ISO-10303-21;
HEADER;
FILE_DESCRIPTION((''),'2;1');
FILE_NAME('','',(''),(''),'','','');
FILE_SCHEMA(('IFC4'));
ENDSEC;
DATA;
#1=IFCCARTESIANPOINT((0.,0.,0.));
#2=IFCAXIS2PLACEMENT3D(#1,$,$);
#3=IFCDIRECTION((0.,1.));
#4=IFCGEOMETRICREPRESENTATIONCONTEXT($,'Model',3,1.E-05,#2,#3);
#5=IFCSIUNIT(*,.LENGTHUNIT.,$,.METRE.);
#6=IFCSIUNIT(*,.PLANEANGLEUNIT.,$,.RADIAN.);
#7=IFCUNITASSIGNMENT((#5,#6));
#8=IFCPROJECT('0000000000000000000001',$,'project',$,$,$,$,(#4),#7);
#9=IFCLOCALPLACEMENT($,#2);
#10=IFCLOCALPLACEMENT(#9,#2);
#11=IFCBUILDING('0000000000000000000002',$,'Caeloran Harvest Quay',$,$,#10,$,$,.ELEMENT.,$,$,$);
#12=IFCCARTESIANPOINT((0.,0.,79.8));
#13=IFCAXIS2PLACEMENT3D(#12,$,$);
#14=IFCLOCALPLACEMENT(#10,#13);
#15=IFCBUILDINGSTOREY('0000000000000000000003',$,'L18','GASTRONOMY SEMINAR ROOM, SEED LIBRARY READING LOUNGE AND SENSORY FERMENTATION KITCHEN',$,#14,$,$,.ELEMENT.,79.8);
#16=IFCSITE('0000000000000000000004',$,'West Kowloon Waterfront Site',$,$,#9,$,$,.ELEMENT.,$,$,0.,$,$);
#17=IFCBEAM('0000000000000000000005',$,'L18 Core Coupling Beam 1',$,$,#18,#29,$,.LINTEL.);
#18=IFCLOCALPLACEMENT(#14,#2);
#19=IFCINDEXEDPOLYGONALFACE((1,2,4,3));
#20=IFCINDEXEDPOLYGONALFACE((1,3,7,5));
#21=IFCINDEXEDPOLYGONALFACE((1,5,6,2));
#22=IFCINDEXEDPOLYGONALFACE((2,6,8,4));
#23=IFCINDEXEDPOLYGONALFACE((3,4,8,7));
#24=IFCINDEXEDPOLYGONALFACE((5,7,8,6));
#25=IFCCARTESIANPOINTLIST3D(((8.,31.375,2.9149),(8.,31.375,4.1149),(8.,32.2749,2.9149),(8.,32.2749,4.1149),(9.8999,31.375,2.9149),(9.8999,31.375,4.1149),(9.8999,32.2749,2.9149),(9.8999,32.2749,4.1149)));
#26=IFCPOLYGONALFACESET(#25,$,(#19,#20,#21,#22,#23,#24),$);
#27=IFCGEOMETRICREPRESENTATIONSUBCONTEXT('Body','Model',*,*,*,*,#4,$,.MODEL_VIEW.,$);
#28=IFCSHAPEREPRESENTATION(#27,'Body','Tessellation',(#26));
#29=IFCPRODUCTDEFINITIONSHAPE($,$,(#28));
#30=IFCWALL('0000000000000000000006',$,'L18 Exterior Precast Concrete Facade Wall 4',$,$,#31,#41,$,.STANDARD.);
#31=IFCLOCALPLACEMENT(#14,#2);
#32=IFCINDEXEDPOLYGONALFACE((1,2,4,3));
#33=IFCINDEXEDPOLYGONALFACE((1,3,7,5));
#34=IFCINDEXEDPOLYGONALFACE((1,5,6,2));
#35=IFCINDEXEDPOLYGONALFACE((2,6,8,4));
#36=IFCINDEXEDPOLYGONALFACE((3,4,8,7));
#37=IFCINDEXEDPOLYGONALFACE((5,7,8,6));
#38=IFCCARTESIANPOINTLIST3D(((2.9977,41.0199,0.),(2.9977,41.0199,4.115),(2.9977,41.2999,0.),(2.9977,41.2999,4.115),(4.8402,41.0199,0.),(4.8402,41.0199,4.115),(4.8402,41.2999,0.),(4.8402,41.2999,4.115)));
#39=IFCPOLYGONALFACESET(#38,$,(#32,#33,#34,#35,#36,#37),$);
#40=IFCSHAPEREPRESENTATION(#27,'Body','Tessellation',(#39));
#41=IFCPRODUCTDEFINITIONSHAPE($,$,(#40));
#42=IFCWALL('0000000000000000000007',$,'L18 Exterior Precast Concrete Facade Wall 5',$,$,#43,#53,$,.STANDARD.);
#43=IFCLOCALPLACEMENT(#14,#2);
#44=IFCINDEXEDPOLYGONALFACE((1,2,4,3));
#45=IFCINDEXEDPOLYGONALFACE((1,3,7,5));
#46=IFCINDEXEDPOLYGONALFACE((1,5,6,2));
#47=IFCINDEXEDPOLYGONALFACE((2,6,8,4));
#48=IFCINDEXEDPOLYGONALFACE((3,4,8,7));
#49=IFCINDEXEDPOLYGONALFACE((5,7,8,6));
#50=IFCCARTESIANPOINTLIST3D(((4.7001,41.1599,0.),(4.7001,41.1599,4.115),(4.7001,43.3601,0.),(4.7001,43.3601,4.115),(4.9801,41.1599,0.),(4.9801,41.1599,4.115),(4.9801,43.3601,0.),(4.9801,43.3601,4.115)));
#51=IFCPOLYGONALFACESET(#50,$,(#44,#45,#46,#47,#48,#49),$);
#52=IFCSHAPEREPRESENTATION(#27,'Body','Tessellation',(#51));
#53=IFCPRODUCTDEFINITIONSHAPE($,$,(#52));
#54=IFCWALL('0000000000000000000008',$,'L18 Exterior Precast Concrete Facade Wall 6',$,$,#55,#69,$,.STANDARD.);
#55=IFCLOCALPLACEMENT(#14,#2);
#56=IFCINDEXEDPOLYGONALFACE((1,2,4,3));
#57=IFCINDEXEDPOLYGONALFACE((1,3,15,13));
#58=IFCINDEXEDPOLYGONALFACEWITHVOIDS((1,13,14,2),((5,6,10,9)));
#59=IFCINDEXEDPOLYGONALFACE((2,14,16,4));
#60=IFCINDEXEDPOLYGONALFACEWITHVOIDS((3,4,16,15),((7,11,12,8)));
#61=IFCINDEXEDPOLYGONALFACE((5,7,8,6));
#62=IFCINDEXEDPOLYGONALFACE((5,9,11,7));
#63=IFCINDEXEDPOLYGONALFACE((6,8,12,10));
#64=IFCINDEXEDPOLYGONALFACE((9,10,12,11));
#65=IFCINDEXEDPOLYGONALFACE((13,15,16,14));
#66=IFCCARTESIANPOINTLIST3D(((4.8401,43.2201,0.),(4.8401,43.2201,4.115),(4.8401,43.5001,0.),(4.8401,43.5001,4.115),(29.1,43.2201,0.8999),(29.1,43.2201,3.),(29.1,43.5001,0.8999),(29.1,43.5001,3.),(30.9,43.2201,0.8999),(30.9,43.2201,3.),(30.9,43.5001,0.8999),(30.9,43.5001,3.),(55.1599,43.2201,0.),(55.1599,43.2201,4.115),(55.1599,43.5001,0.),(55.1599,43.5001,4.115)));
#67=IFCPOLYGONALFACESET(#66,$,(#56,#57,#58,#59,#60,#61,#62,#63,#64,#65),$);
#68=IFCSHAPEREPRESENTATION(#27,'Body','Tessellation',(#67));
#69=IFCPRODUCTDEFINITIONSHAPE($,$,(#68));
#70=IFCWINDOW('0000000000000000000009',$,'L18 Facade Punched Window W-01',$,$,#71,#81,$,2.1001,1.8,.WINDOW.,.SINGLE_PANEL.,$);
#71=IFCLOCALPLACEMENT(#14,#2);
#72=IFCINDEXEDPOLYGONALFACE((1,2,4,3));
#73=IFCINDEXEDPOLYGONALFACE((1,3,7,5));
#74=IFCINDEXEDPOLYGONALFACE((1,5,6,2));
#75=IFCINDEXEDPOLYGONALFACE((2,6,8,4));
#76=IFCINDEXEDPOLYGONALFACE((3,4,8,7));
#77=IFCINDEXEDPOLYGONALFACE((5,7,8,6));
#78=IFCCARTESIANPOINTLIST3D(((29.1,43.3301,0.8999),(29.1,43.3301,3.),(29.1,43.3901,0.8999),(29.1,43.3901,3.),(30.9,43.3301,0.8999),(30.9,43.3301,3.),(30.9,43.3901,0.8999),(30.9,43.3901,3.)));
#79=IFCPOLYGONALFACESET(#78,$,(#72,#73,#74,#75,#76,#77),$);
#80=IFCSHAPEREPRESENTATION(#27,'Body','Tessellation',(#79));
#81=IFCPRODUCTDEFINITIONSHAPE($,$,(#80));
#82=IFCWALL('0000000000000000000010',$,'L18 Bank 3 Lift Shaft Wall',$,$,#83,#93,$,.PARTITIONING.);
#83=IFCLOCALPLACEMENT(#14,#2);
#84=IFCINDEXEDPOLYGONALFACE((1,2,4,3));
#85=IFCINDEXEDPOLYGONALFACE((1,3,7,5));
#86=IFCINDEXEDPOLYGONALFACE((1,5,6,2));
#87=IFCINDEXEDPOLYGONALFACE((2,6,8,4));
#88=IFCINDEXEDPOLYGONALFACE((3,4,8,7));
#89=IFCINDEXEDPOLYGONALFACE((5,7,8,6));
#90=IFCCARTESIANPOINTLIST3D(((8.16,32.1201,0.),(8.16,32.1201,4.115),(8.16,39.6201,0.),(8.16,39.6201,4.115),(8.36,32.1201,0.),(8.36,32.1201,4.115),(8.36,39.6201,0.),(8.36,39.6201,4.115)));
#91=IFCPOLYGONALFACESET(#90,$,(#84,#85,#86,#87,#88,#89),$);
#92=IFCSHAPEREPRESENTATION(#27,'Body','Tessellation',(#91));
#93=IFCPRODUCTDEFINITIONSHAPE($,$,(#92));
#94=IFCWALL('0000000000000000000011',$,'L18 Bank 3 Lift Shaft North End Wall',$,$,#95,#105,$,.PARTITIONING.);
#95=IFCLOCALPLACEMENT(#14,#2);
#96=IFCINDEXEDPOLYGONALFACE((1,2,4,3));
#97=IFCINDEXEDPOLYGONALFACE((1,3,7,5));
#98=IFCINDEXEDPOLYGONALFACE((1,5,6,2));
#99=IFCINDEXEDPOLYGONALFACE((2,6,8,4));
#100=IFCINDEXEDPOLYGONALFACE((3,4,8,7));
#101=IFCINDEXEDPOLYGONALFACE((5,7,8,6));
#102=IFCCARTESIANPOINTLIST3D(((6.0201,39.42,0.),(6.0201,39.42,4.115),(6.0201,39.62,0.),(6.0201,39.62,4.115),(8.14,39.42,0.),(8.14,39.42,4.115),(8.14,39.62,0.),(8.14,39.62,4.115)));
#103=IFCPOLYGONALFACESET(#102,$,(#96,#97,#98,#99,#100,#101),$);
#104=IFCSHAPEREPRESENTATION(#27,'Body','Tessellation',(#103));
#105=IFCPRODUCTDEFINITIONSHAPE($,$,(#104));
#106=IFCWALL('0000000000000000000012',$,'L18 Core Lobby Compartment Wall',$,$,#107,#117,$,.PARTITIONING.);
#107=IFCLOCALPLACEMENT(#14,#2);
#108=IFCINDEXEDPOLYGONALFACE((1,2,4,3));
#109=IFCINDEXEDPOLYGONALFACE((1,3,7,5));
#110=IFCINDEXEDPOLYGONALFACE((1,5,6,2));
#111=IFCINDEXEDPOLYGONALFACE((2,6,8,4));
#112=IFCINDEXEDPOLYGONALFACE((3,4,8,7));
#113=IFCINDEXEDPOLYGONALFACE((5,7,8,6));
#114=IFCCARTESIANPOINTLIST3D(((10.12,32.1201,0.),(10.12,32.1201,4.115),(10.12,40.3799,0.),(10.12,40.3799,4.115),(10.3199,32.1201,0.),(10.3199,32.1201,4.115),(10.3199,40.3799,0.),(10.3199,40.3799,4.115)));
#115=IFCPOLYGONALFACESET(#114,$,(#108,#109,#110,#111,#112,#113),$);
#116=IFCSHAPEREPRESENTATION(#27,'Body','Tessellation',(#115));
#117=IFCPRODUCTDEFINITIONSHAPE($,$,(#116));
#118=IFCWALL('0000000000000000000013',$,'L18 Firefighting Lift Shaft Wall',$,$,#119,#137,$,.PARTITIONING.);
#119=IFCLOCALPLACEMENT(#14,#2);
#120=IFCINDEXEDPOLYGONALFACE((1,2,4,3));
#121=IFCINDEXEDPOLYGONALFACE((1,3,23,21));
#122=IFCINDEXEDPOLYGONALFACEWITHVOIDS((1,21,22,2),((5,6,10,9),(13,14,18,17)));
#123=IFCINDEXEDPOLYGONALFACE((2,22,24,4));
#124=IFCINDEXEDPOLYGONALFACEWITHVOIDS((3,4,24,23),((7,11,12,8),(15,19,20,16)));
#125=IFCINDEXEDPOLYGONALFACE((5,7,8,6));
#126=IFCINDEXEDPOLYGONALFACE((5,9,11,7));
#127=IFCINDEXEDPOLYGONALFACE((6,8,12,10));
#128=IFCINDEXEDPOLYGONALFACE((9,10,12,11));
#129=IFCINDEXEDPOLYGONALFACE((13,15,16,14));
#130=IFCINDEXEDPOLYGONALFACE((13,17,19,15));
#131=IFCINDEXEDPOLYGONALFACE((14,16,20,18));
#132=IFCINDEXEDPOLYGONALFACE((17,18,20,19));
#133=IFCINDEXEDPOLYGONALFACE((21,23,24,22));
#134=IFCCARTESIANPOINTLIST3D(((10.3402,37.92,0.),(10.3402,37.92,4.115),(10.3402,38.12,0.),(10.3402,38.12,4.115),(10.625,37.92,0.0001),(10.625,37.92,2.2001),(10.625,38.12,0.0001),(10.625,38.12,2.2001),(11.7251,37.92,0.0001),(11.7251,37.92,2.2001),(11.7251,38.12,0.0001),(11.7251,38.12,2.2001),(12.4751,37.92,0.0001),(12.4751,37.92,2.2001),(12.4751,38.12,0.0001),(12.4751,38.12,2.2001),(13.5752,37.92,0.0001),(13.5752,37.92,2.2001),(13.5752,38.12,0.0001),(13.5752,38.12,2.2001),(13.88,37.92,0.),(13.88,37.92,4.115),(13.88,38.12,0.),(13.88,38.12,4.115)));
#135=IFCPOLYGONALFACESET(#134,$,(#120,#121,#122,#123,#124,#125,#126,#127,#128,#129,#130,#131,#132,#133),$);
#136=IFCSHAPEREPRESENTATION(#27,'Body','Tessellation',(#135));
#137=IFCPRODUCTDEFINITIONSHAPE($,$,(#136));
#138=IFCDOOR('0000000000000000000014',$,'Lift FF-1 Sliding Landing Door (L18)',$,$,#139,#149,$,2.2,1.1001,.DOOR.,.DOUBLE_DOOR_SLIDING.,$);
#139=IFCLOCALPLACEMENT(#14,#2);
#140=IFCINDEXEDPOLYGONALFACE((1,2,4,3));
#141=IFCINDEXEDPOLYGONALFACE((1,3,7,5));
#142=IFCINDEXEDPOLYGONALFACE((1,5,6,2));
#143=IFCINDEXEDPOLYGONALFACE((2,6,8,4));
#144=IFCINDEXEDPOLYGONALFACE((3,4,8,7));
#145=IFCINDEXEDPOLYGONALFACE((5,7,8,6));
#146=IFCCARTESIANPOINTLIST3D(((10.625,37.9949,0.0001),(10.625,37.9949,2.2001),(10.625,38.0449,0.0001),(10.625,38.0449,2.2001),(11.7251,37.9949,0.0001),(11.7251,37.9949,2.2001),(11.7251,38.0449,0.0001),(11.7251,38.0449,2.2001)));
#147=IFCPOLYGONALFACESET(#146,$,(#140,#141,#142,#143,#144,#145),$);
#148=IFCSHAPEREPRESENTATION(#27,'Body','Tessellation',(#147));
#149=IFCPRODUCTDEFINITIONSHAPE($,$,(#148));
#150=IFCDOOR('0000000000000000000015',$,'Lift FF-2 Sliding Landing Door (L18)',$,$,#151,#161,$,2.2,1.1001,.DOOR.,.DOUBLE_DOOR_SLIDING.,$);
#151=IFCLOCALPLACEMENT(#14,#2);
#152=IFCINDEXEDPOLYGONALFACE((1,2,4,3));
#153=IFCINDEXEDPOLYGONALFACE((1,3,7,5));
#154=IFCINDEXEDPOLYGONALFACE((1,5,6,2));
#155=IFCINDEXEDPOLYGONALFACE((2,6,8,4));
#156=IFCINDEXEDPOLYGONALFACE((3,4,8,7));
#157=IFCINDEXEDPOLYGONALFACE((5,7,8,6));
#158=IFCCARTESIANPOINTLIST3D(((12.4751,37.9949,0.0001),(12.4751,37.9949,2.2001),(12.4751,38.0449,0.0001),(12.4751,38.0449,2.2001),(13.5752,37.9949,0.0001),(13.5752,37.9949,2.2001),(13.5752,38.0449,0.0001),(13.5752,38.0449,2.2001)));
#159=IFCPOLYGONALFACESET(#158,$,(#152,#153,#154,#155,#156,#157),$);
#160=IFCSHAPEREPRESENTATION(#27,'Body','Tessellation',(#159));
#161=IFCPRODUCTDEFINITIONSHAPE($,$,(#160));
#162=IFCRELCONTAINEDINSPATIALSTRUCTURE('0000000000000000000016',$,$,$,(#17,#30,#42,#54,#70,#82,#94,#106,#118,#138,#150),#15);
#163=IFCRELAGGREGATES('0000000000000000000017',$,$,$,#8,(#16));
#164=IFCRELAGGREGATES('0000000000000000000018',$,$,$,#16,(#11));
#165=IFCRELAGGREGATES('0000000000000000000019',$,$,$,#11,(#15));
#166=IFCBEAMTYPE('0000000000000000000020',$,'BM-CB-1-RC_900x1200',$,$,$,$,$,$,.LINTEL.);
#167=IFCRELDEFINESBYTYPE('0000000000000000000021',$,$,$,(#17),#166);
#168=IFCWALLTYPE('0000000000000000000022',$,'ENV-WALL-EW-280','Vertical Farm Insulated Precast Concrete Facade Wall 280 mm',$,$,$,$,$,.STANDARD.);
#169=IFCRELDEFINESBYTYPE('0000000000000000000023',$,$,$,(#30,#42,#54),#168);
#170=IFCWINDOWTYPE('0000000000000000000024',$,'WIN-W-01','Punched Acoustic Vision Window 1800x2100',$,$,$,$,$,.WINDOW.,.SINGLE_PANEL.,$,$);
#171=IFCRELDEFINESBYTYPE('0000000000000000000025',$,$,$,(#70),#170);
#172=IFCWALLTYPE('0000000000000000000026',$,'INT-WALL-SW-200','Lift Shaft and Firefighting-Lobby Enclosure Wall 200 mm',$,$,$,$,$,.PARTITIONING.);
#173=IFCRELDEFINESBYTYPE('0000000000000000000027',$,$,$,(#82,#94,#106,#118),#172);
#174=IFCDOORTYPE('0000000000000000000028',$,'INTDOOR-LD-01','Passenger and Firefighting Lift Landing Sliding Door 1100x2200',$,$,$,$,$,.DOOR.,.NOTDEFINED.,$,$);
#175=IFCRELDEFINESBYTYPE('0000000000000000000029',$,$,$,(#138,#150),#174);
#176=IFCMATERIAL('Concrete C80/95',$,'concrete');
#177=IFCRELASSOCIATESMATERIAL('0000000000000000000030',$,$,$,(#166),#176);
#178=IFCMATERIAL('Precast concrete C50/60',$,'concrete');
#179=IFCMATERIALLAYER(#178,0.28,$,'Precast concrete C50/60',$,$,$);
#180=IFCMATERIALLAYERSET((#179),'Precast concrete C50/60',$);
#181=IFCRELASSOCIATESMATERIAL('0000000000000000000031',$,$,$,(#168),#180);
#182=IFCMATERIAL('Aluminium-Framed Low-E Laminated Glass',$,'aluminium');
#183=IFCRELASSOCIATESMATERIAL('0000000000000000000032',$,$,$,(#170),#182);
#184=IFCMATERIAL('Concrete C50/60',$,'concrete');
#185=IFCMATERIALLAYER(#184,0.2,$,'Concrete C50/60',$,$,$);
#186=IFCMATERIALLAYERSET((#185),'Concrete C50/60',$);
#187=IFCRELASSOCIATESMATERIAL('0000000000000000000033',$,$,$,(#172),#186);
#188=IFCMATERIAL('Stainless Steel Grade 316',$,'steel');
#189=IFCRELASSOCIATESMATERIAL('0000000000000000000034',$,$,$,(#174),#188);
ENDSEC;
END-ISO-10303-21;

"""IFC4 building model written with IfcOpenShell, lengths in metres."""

from ifc_helpers import new_model, si_unit, direction, frame, frame_2d, origin, origin_2d, place, context, subcontext, project, spatial, rectangle, extrude, material, layer, layer_set, material_profile, profile_set, type_object, element, fill, save


model = new_model("IFC4")

# Units and contexts
model_context = context("Model", 3, precision=1e-05, world=origin(), true_north=direction((0.0, 1.0)))
body_context = subcontext(model_context, "Body", "Model", "MODEL_VIEW")
ifc_project = project(units=[si_unit("LENGTHUNIT", "METRE"), si_unit("PLANEANGLEUNIT", "RADIAN")], contexts=[model_context])

# Site, building, storey
site_placement = place(None, origin())
site = spatial("IfcSite", under=ifc_project, at=site_placement, Name="West Kowloon Waterfront Site", CompositionType="ELEMENT", RefElevation=0.0)
building_placement = place(site_placement, origin())
building = spatial("IfcBuilding", under=site, at=building_placement, Name="Caeloran Harvest Quay", CompositionType="ELEMENT")
storey_placement = place(building_placement, frame((0.0, 0.0, 79.8)))
storey = spatial("IfcBuildingStorey", under=building, at=storey_placement, Name="L18", Description="GASTRONOMY SEMINAR ROOM, SEED LIBRARY READING LOUNGE AND SENSORY FERMENTATION KITCHEN", CompositionType="ELEMENT", Elevation=79.8)

# Beam
ifc_material_1 = material(Name="Concrete C80/95", Category="concrete")
ifc_material_profile = material_profile(ifc_material_1, rectangle(XDim=0.8999, YDim=1.2, at=origin_2d()), Name="RC 900x1200")
ifc_profile_set = profile_set([ifc_material_profile], Name="Concrete C80/95")
beam_type = type_object("IfcBeamType", Name="BM-CB-1-RC_900x1200", PredefinedType="LINTEL", material=ifc_profile_set)
beam_placement = place(storey_placement, frame((8.0, 31.825, 3.5149), z_axis=(1.0, 0.0, 0.0), x_axis=(0.0, 1.0, 0.0)))
element("IfcBeam", 1, at=beam_placement, inside=storey, type_object=beam_type, Name="L18 Core Coupling Beam 1", PredefinedType="LINTEL", context=body_context, shape_type="SweptSolid", body=[
    extrude(rectangle(XDim=0.8999, YDim=1.2, at=origin_2d()), origin(), (0.0, 0.0, 1.0), 1.8999),
])

# Walls
ifc_material_2 = material(Name="Precast concrete C50/60", Category="concrete")
ifc_layer_1 = layer(ifc_material_2, 0.28, Name="Precast concrete C50/60")
ifc_layer_set_1 = layer_set([ifc_layer_1], Name="Precast concrete C50/60")
wall_type_1 = type_object("IfcWallType", Name="ENV-WALL-EW-280", Description="Vertical Farm Insulated Precast Concrete Facade Wall 280 mm", PredefinedType="STANDARD", material=ifc_layer_set_1)
wall_1_placement = place(storey_placement, frame((2.9976, 41.1599, 0.0), z_axis=(0.0, 0.0, 1.0), x_axis=(1.0, 0.0, 0.0)))
element("IfcWall", 2, at=wall_1_placement, inside=storey, type_object=wall_type_1, Name="L18 Exterior Precast Concrete Facade Wall 4", PredefinedType="STANDARD", context=body_context, shape_type="SweptSolid", body=[
    extrude(rectangle(XDim=1.8425, YDim=0.28, at=frame_2d((0.9214, 0.0))), origin(), (0.0, 0.0, 1.0), 4.115),
])
wall_2_placement = place(storey_placement, frame((4.8401, 41.1599, 0.0), z_axis=(0.0, 0.0, 1.0), x_axis=(0.0, 1.0, 0.0)))
element("IfcWall", 3, at=wall_2_placement, inside=storey, type_object=wall_type_1, Name="L18 Exterior Precast Concrete Facade Wall 5", PredefinedType="STANDARD", context=body_context, shape_type="SweptSolid", body=[
    extrude(rectangle(XDim=2.2002, YDim=0.28, at=frame_2d((1.1001, 0.0))), origin(), (0.0, 0.0, 1.0), 4.115),
])

# Wall, opening, window
wall_3_placement = place(storey_placement, frame((4.8401, 43.3601, 0.0), z_axis=(0.0, 0.0, 1.0), x_axis=(1.0, 0.0, 0.0)))
wall_3 = element("IfcWall", 4, at=wall_3_placement, inside=storey, type_object=wall_type_1, Name="L18 Exterior Precast Concrete Facade Wall 6", PredefinedType="STANDARD", context=body_context, shape_type="SweptSolid", body=[
    extrude(rectangle(XDim=50.3198, YDim=0.28, at=frame_2d((25.1599, 0.0))), origin(), (0.0, 0.0, 1.0), 4.115),
])
opening_1_placement = place(wall_3_placement, frame((24.26, 0.0, 0.8999)))
opening_1 = element("IfcOpeningElement", 5, at=opening_1_placement, cuts=wall_3, PredefinedType="OPENING", context=body_context, shape_type="SweptSolid", body=[
    extrude(rectangle(XDim=1.8, YDim=2.1001, at=frame_2d((0.8999, 1.05))), frame((0.0, 0.1499, 0.0), z_axis=(0.0, -1.0, 0.0), x_axis=(1.0, 0.0, 0.0)), (0.0, 0.0, 1.0), 0.3),
])
ifc_material_3 = material(Name="Aluminium-Framed Low-E Laminated Glass", Category="aluminium")
window_type = type_object("IfcWindowType", Name="WIN-W-01", Description="Punched Acoustic Vision Window 1800x2100", PartitioningType="SINGLE_PANEL", PredefinedType="WINDOW", material=ifc_material_3)
window_placement = place(opening_1_placement, origin())
window = element("IfcWindow", 6, at=window_placement, inside=storey, type_object=window_type, Name="L18 Facade Punched Window W-01", OverallHeight=2.1001, OverallWidth=1.8, PartitioningType="SINGLE_PANEL", PredefinedType="WINDOW", context=body_context, shape_type="SweptSolid", body=[
    extrude(rectangle(XDim=1.8, YDim=2.1001, at=frame_2d((0.8999, 1.05))), frame((0.0, 0.03, 0.0), z_axis=(0.0, -1.0, 0.0), x_axis=(1.0, 0.0, 0.0)), (0.0, 0.0, 1.0), 0.0601),
])
fill(opening_1, window)

# Walls
ifc_material_4 = material(Name="Concrete C50/60", Category="concrete")
ifc_layer_2 = layer(ifc_material_4, 0.2, Name="Concrete C50/60")
ifc_layer_set_2 = layer_set([ifc_layer_2], Name="Concrete C50/60")
wall_type_2 = type_object("IfcWallType", Name="INT-WALL-SW-200", Description="Lift Shaft and Firefighting-Lobby Enclosure Wall 200 mm", PredefinedType="PARTITIONING", material=ifc_layer_set_2)
wall_4_placement = place(storey_placement, frame((8.26, 32.1201, 0.0), z_axis=(0.0, 0.0, 1.0), x_axis=(0.0, 1.0, 0.0)))
element("IfcWall", 7, at=wall_4_placement, inside=storey, type_object=wall_type_2, Name="L18 Bank 3 Lift Shaft Wall", PredefinedType="PARTITIONING", context=body_context, shape_type="SweptSolid", body=[
    extrude(rectangle(XDim=7.5, YDim=0.2, at=frame_2d((3.75, 0.0))), origin(), (0.0, 0.0, 1.0), 4.115),
])
wall_5_placement = place(storey_placement, frame((6.02, 39.52, 0.0), z_axis=(0.0, 0.0, 1.0), x_axis=(1.0, 0.0, 0.0)))
element("IfcWall", 8, at=wall_5_placement, inside=storey, type_object=wall_type_2, Name="L18 Bank 3 Lift Shaft North End Wall", PredefinedType="PARTITIONING", context=body_context, shape_type="SweptSolid", body=[
    extrude(rectangle(XDim=2.1199, YDim=0.2, at=frame_2d((1.0601, 0.0))), origin(), (0.0, 0.0, 1.0), 4.115),
])
wall_6_placement = place(storey_placement, frame((10.22, 32.1201, 0.0), z_axis=(0.0, 0.0, 1.0), x_axis=(0.0, 1.0, 0.0)))
element("IfcWall", 9, at=wall_6_placement, inside=storey, type_object=wall_type_2, Name="L18 Core Lobby Compartment Wall", PredefinedType="PARTITIONING", context=body_context, shape_type="SweptSolid", body=[
    extrude(rectangle(XDim=8.2598, YDim=0.2, at=frame_2d((4.1299, 0.0))), origin(), (0.0, 0.0, 1.0), 4.115),
])

# Wall, openings, doors
wall_7_placement = place(storey_placement, frame((10.3401, 38.02, 0.0), z_axis=(0.0, 0.0, 1.0), x_axis=(1.0, 0.0, 0.0)))
wall_7 = element("IfcWall", 10, at=wall_7_placement, inside=storey, type_object=wall_type_2, Name="L18 Firefighting Lift Shaft Wall", PredefinedType="PARTITIONING", context=body_context, shape_type="SweptSolid", body=[
    extrude(rectangle(XDim=3.5398, YDim=0.2, at=frame_2d((1.77, 0.0))), origin(), (0.0, 0.0, 1.0), 4.115),
])
opening_2_placement = place(wall_7_placement, frame((0.2849, 0.0, 0.0)))
opening_2 = element("IfcOpeningElement", 11, at=opening_2_placement, cuts=wall_7, PredefinedType="OPENING", context=body_context, shape_type="SweptSolid", body=[
    extrude(rectangle(XDim=1.1001, YDim=2.2, at=frame_2d((0.55, 1.1001))), frame((0.0, 0.1099, 0.0), z_axis=(0.0, -1.0, 0.0), x_axis=(1.0, 0.0, 0.0)), (0.0, 0.0, 1.0), 0.22),
])
opening_3_placement = place(wall_7_placement, frame((2.135, 0.0, 0.0)))
opening_3 = element("IfcOpeningElement", 12, at=opening_3_placement, cuts=wall_7, PredefinedType="OPENING", context=body_context, shape_type="SweptSolid", body=[
    extrude(rectangle(XDim=1.1001, YDim=2.2, at=frame_2d((0.55, 1.1001))), frame((0.0, 0.1099, 0.0), z_axis=(0.0, -1.0, 0.0), x_axis=(1.0, 0.0, 0.0)), (0.0, 0.0, 1.0), 0.22),
])
ifc_material_5 = material(Name="Stainless Steel Grade 316", Category="steel")
door_type_1 = type_object("IfcDoorType", Name="INTDOOR-LD-01", Description="Passenger and Firefighting Lift Landing Sliding Door 1100x2200", OperationType="NOTDEFINED", PredefinedType="DOOR", material=ifc_material_5)
door_1_placement = place(opening_2_placement, origin())
door_1 = element("IfcDoor", 13, at=door_1_placement, inside=storey, type_object=door_type_1, Name="Lift FF-1 Sliding Landing Door (L18)", OperationType="DOUBLE_DOOR_SLIDING", OverallHeight=2.2, OverallWidth=1.1001, PredefinedType="DOOR", context=body_context, shape_type="SweptSolid", body=[
    extrude(rectangle(XDim=1.1001, YDim=2.2, at=frame_2d((0.55, 1.1001))), frame((0.0, 0.0249, 0.0), z_axis=(0.0, -1.0, 0.0), x_axis=(1.0, 0.0, 0.0)), (0.0, 0.0, 1.0), 0.05),
])
fill(opening_2, door_1)
door_2_placement = place(opening_3_placement, origin())
door_2 = element("IfcDoor", 14, at=door_2_placement, inside=storey, type_object=door_type_1, Name="Lift FF-2 Sliding Landing Door (L18)", OperationType="DOUBLE_DOOR_SLIDING", OverallHeight=2.2, OverallWidth=1.1001, PredefinedType="DOOR", context=body_context, shape_type="SweptSolid", body=[
    extrude(rectangle(XDim=1.1001, YDim=2.2, at=frame_2d((0.55, 1.1001))), frame((0.0, 0.0249, 0.0), z_axis=(0.0, -1.0, 0.0), x_axis=(1.0, 0.0, 0.0)), (0.0, 0.0, 1.0), 0.05),
])
fill(opening_3, door_2)

save(model, "model.ifc")
